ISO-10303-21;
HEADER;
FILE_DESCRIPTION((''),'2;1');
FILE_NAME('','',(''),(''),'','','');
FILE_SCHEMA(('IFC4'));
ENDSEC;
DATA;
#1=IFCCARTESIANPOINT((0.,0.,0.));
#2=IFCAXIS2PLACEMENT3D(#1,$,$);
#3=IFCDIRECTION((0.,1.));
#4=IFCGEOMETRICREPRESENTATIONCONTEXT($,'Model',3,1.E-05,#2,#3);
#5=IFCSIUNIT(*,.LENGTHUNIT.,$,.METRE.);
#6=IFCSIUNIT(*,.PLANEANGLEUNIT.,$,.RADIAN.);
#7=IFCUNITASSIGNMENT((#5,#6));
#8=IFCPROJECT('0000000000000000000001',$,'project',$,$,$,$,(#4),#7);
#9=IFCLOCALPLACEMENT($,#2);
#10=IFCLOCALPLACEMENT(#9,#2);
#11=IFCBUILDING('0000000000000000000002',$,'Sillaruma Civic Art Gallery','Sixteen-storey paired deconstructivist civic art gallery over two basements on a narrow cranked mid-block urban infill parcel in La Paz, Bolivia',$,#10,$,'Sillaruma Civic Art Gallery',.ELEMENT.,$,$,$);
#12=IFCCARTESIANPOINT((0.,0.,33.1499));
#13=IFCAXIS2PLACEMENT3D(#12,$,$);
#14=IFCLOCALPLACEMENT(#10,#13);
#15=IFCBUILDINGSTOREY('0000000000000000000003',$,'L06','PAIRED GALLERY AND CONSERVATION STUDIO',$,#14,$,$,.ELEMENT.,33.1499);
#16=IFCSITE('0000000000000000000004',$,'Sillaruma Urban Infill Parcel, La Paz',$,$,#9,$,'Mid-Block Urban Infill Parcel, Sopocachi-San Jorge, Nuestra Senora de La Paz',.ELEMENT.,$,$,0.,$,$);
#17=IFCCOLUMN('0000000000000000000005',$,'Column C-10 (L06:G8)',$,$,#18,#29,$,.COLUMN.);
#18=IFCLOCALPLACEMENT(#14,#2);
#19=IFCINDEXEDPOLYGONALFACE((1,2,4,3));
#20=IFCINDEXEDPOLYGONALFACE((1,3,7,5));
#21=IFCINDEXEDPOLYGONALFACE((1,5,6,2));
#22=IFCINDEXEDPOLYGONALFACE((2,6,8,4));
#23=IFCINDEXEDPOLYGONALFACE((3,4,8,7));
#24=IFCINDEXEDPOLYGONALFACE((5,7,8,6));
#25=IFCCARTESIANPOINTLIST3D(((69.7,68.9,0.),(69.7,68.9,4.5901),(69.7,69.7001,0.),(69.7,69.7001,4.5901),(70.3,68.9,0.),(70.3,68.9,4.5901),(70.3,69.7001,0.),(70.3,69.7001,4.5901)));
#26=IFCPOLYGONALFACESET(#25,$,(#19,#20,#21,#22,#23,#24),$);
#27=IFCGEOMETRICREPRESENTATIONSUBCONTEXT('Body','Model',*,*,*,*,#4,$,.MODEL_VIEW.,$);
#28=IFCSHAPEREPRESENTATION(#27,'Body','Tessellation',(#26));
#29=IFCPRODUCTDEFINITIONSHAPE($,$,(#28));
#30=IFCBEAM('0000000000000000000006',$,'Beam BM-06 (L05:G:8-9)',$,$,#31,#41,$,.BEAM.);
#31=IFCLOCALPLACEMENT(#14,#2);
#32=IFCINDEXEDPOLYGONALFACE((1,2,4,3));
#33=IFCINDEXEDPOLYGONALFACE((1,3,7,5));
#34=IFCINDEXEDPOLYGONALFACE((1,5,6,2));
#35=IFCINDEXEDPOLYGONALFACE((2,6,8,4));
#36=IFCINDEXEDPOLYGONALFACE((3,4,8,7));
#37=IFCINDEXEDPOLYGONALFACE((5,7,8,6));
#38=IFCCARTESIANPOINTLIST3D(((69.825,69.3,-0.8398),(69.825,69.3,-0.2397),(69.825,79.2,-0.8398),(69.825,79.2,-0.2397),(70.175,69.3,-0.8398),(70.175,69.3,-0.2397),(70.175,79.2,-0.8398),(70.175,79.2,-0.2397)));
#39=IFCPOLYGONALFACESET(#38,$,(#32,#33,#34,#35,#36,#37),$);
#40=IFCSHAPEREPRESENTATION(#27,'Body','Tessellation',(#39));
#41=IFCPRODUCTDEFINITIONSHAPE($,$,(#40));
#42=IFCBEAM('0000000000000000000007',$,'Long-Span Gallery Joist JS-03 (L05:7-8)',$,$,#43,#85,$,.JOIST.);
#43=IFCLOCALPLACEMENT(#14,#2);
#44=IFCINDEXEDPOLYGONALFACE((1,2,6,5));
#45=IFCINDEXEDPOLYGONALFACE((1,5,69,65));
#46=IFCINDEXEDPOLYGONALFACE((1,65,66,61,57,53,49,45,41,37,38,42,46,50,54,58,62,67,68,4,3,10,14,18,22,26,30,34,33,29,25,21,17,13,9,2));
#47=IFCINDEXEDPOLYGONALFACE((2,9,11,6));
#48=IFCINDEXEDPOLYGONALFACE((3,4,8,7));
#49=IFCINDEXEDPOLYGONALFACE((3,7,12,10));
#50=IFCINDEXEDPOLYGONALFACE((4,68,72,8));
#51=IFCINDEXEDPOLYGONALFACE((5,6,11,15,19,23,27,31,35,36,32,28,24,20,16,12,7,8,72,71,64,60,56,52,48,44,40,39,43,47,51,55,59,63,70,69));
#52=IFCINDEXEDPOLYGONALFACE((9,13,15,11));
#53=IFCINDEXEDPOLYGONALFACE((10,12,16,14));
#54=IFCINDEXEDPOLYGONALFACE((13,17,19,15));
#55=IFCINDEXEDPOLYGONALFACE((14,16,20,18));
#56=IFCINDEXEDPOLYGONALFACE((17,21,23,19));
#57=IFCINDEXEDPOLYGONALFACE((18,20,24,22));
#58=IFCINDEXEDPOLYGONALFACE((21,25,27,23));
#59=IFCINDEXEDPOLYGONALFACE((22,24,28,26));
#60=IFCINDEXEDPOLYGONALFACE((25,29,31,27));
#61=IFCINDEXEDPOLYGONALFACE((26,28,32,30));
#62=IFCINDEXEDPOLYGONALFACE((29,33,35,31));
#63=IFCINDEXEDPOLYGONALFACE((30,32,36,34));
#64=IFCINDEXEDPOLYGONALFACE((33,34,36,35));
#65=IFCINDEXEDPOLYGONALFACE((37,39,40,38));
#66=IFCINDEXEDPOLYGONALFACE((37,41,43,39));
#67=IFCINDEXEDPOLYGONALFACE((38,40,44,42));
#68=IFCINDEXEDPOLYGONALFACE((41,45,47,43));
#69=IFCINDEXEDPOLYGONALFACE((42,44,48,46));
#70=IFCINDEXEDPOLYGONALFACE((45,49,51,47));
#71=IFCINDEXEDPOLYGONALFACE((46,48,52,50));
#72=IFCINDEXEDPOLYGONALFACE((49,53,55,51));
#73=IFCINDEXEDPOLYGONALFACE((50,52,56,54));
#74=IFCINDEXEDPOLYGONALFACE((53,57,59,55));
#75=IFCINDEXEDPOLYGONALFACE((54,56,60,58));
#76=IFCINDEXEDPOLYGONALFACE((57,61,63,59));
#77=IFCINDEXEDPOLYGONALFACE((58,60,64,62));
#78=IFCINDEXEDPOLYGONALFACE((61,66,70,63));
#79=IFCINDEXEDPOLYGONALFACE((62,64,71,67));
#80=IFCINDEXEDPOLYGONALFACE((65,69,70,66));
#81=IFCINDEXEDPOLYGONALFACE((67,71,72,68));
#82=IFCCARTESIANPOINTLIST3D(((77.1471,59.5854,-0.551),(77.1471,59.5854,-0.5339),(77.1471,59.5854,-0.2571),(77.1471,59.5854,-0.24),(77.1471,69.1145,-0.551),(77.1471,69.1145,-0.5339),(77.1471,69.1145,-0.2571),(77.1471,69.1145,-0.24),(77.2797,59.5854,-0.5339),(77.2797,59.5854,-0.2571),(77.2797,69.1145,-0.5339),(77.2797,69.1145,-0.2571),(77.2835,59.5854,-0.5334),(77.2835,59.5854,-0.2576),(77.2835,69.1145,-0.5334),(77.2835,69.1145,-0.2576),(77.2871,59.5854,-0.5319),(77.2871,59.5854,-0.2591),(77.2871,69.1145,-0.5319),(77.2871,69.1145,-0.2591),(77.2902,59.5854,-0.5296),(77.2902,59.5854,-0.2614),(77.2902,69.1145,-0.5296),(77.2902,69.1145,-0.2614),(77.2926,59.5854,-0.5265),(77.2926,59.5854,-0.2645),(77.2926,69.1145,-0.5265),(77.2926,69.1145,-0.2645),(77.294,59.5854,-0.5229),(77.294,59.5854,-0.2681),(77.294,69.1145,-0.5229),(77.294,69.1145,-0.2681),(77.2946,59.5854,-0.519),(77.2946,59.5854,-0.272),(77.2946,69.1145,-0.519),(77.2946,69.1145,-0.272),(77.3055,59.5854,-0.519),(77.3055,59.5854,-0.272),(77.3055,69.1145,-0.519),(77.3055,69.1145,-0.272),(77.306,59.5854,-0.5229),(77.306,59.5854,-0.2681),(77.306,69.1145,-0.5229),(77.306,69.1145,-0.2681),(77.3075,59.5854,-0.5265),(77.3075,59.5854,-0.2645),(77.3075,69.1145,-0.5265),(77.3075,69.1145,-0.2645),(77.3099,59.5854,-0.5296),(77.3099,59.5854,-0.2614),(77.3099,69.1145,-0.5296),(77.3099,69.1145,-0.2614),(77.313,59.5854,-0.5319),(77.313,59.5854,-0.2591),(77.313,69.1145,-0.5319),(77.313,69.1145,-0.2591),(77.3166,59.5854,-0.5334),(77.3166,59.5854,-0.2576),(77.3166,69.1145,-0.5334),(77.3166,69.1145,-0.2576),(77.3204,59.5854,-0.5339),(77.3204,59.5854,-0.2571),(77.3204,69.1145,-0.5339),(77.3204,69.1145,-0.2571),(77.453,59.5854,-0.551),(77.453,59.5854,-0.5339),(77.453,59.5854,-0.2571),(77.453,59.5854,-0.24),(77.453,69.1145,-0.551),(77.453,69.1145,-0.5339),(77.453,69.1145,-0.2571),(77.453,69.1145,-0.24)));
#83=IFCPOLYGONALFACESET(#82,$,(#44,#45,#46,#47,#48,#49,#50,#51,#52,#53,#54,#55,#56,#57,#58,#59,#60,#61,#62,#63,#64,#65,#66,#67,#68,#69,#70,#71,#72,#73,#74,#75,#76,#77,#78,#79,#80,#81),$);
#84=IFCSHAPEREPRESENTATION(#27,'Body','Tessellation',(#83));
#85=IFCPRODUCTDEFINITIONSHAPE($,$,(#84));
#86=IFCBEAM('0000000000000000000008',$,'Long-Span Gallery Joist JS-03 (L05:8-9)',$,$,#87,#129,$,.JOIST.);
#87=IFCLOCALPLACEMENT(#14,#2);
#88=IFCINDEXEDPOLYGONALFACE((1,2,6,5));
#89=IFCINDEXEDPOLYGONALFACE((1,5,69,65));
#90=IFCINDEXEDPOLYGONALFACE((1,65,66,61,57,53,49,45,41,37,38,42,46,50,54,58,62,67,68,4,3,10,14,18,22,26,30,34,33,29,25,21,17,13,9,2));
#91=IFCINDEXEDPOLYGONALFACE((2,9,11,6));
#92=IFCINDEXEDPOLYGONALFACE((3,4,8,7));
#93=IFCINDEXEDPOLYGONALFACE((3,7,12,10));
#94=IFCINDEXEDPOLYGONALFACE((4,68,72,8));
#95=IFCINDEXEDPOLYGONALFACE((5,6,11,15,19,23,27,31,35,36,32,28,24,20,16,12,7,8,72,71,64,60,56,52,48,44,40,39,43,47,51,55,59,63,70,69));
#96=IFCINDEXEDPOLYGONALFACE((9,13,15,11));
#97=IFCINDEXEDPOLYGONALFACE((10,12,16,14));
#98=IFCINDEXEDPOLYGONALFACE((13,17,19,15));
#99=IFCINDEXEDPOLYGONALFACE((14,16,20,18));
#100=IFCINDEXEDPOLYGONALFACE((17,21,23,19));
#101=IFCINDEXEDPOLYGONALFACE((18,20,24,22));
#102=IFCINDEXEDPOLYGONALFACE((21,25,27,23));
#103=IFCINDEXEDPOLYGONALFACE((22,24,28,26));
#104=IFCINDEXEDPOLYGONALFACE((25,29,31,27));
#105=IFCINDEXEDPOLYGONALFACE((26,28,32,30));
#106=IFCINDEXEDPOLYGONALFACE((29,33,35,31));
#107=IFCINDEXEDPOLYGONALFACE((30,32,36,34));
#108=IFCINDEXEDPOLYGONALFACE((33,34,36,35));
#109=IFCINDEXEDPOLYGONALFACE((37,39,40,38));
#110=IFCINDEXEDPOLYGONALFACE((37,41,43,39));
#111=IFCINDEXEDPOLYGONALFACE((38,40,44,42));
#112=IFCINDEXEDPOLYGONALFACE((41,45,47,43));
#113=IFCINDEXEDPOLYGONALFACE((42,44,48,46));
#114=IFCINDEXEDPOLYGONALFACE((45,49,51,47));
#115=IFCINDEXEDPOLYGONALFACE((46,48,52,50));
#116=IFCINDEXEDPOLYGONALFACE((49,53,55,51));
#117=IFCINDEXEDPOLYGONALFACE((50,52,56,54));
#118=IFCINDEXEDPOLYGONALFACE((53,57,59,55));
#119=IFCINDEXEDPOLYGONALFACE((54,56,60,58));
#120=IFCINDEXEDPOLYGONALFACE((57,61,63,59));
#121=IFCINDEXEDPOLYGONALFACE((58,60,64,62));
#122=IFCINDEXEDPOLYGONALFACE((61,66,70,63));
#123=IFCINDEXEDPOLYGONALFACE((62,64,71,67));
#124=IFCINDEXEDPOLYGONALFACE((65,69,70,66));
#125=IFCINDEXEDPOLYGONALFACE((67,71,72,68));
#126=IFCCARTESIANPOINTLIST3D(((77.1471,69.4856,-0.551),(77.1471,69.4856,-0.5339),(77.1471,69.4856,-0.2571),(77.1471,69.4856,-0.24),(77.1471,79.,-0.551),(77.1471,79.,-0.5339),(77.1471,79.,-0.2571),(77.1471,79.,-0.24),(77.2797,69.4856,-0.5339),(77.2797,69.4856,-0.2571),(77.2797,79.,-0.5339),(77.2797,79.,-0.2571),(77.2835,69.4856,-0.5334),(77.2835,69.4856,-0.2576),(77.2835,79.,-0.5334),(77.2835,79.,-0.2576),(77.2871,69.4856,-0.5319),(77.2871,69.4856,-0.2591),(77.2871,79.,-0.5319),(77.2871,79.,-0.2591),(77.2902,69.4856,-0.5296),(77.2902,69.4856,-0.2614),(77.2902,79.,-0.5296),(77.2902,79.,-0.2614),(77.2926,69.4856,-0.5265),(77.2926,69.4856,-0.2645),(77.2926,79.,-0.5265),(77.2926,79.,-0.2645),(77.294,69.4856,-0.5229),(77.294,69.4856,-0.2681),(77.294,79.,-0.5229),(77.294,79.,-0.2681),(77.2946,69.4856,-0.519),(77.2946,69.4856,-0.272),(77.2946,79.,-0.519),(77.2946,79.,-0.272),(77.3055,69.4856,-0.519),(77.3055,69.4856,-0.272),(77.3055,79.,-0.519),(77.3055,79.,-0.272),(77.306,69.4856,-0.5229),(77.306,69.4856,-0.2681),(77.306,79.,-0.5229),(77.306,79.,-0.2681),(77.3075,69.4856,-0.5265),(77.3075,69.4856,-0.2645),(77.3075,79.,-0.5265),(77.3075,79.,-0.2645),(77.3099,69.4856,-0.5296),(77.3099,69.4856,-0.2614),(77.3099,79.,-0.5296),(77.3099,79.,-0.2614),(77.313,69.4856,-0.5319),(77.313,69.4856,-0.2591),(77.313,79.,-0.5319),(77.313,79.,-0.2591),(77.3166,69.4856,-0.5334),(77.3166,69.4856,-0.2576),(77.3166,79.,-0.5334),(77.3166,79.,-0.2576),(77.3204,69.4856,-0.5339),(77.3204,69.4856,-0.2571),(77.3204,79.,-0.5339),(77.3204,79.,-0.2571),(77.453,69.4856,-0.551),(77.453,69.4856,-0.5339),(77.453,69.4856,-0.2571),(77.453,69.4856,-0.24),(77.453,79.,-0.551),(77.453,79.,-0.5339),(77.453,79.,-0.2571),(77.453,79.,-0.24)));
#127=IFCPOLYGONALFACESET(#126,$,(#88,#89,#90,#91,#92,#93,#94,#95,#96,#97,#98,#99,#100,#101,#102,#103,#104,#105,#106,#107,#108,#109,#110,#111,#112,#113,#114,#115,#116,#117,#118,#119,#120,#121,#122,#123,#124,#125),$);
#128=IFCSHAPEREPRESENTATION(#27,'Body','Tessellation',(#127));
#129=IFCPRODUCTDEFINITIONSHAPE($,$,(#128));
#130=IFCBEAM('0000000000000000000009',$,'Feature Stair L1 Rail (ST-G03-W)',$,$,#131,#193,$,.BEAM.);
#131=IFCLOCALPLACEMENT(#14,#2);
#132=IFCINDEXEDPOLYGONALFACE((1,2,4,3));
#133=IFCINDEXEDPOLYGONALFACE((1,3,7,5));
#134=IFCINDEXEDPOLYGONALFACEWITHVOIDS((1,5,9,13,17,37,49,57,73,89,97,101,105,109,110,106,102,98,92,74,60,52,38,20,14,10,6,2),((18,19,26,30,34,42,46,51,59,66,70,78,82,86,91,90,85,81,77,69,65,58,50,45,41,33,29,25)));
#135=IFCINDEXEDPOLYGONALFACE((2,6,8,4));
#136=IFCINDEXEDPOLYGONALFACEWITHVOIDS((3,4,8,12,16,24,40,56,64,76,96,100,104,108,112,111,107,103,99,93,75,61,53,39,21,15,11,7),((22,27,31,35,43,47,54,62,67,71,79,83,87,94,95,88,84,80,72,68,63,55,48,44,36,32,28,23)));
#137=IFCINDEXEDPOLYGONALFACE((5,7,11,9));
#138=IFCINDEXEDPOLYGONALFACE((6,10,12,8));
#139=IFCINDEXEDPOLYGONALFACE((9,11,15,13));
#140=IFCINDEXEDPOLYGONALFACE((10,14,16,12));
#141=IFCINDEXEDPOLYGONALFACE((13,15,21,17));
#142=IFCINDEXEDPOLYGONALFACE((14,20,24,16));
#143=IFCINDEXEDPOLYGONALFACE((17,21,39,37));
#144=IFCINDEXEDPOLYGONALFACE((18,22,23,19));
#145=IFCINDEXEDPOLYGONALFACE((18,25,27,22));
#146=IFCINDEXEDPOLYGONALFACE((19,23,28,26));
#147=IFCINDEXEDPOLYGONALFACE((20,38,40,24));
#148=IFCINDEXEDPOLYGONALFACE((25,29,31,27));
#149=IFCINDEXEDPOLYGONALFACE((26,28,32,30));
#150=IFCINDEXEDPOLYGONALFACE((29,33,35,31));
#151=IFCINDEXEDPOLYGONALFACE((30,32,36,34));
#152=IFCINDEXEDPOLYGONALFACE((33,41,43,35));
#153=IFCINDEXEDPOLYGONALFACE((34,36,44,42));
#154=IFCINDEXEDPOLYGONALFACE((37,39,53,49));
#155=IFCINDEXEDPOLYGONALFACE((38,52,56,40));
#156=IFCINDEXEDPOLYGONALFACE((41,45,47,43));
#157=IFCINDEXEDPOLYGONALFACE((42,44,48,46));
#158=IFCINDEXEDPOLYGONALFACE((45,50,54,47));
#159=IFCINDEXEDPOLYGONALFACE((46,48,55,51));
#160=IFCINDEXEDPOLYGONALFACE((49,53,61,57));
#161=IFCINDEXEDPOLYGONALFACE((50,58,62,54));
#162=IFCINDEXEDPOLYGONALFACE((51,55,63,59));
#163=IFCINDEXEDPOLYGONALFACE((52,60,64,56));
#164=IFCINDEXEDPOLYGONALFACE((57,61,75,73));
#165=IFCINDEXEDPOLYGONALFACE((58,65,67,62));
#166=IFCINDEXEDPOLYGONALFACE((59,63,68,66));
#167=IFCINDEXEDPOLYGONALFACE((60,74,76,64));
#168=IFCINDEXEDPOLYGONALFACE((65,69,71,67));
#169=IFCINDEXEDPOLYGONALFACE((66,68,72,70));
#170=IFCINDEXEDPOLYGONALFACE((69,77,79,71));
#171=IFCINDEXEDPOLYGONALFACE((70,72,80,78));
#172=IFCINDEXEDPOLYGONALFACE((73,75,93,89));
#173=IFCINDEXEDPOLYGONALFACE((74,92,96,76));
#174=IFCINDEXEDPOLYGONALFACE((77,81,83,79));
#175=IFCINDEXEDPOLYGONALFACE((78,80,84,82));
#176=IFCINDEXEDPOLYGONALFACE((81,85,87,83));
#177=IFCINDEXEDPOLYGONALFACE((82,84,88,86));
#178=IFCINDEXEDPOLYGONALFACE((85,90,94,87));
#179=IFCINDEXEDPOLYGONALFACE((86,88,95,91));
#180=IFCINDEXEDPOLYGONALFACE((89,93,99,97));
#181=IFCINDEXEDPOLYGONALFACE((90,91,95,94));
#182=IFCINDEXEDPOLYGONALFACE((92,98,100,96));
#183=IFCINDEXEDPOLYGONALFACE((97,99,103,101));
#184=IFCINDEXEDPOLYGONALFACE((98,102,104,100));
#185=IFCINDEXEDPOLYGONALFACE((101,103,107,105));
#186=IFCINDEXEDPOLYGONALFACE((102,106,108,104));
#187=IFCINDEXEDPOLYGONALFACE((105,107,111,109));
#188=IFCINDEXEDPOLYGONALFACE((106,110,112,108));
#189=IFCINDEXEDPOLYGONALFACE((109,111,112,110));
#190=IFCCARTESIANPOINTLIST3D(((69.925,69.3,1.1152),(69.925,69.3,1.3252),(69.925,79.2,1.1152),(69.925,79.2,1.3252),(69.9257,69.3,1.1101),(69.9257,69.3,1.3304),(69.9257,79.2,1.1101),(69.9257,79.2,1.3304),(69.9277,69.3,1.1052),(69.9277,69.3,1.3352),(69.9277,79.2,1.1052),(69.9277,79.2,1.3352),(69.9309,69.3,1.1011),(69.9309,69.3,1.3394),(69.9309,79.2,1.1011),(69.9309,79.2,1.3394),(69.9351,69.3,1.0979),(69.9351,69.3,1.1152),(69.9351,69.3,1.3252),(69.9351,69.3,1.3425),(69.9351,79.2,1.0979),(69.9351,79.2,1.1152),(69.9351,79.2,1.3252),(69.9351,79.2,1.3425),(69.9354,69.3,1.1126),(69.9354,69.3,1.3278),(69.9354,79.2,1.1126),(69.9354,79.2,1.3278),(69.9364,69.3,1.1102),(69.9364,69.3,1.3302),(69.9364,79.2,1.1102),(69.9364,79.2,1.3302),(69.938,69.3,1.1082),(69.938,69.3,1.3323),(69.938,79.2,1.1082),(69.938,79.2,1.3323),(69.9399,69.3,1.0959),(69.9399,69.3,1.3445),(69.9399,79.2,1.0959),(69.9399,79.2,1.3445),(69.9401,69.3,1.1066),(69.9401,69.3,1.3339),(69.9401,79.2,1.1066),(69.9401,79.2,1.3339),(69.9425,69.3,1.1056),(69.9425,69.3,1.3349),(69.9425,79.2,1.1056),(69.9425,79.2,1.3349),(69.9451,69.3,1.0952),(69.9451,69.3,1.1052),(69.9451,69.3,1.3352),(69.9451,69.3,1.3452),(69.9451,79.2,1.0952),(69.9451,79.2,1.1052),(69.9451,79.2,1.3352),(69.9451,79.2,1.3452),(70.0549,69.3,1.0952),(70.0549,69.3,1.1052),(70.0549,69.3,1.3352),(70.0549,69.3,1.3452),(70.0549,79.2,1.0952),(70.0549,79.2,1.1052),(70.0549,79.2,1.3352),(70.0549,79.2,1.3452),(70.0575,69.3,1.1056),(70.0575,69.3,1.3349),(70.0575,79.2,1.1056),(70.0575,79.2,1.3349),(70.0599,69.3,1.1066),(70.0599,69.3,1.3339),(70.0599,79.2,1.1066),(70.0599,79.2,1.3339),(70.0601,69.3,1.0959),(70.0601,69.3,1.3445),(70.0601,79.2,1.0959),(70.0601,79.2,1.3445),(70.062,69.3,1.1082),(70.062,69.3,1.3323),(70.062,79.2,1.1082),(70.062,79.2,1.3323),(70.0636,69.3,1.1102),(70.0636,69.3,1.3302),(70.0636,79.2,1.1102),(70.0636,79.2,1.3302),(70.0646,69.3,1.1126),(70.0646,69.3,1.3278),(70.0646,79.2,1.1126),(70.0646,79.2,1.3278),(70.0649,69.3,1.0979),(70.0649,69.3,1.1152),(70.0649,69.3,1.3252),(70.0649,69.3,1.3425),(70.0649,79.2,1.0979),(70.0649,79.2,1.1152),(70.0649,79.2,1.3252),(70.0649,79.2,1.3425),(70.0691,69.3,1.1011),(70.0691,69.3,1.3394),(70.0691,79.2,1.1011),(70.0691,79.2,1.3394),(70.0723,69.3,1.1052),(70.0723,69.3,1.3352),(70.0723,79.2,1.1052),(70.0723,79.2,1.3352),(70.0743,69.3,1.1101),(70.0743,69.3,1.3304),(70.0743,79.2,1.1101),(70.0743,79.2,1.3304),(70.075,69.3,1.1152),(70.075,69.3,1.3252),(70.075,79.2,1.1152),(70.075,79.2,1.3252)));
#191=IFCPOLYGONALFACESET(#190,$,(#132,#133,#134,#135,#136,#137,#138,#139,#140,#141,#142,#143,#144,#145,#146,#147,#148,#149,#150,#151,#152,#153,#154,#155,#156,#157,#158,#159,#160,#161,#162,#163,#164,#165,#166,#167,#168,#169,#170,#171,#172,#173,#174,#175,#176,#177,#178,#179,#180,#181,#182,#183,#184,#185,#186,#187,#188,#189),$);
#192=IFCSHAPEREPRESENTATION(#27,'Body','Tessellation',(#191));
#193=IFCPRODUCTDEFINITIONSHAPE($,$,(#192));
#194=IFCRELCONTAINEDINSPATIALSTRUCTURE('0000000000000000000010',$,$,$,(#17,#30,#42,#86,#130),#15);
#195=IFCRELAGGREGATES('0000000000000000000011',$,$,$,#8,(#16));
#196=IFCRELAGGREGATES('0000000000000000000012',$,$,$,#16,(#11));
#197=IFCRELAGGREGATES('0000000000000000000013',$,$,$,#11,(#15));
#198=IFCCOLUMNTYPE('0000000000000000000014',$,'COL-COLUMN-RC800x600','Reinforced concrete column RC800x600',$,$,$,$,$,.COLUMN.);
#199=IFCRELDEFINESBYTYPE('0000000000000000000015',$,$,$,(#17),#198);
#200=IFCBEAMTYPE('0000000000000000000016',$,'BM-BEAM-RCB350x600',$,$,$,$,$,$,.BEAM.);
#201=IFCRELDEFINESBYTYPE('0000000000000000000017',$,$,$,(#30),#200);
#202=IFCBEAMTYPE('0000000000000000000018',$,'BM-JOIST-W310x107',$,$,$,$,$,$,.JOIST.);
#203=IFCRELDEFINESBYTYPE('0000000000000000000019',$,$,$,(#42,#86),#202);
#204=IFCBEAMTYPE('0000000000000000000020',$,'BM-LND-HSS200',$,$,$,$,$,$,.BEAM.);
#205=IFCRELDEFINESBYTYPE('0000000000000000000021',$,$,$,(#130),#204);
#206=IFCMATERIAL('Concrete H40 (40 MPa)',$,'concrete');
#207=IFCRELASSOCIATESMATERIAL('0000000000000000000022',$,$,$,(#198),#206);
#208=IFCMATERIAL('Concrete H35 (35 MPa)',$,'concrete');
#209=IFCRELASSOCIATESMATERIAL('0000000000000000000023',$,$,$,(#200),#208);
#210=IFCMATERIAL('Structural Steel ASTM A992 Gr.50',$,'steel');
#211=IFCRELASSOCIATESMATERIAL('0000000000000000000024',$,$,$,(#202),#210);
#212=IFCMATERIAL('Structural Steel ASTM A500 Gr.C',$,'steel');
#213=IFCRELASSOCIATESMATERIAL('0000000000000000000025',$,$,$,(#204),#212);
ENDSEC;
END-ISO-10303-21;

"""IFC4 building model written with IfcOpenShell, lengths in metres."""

from ifc_helpers import new_model, si_unit, direction, frame, origin, origin_2d, place, context, subcontext, project, spatial, rectangle, hollow_rectangle, i_section, extrude, material, material_profile, profile_set, type_object, element, save


model = new_model("IFC4")

# Units and contexts
model_context = context("Model", 3, precision=1e-05, world=origin(), true_north=direction((0.0, 1.0)))
body_context = subcontext(model_context, "Body", "Model", "MODEL_VIEW")
ifc_project = project(units=[si_unit("LENGTHUNIT", "METRE"), si_unit("PLANEANGLEUNIT", "RADIAN")], contexts=[model_context])

# Site, building, storey
site_placement = place(None, origin())
site = spatial("IfcSite", under=ifc_project, at=site_placement, Name="Sillaruma Urban Infill Parcel, La Paz", LongName="Mid-Block Urban Infill Parcel, Sopocachi-San Jorge, Nuestra Senora de La Paz", CompositionType="ELEMENT", RefElevation=0.0)
building_placement = place(site_placement, origin())
building = spatial("IfcBuilding", under=site, at=building_placement, Name="Sillaruma Civic Art Gallery", Description="Sixteen-storey paired deconstructivist civic art gallery over two basements on a narrow cranked mid-block urban infill parcel in La Paz, Bolivia", LongName="Sillaruma Civic Art Gallery", CompositionType="ELEMENT")
storey_placement = place(building_placement, frame((0.0, 0.0, 33.1499)))
storey = spatial("IfcBuildingStorey", under=building, at=storey_placement, Name="L06", Description="PAIRED GALLERY AND CONSERVATION STUDIO", CompositionType="ELEMENT", Elevation=33.1499)

# Column
ifc_material_1 = material(Name="Concrete H40 (40 MPa)", Category="concrete")
ifc_material_profile_1 = material_profile(ifc_material_1, rectangle(XDim=0.6001, YDim=0.8, at=origin_2d()), Name="RC800x600")
ifc_profile_set_1 = profile_set([ifc_material_profile_1], Name="Concrete H40 (40 MPa)")
column_type = type_object("IfcColumnType", Name="COL-COLUMN-RC800x600", Description="Reinforced concrete column RC800x600", PredefinedType="COLUMN", material=ifc_profile_set_1)
column_placement = place(storey_placement, frame((70.0, 69.3, 0.0), z_axis=(0.0, 0.0, 1.0), x_axis=(1.0, 0.0, 0.0)))
element("IfcColumn", 1, at=column_placement, inside=storey, type_object=column_type, Name="Column C-10 (L06:G8)", PredefinedType="COLUMN", context=body_context, shape_type="SweptSolid", body=[
    extrude(rectangle(XDim=0.6001, YDim=0.8, at=origin_2d()), origin(), (0.0, 0.0, 1.0), 4.5901),
])

# Beams
ifc_material_2 = material(Name="Concrete H35 (35 MPa)", Category="concrete")
ifc_material_profile_2 = material_profile(ifc_material_2, rectangle(XDim=0.3501, YDim=0.6001, at=origin_2d()), Name="RCB350x600")
ifc_profile_set_2 = profile_set([ifc_material_profile_2], Name="Concrete H35 (35 MPa)")
beam_type_1 = type_object("IfcBeamType", Name="BM-BEAM-RCB350x600", PredefinedType="BEAM", material=ifc_profile_set_2)
beam_1_placement = place(storey_placement, frame((70.0, 69.3, -0.5398), z_axis=(0.0, 1.0, 0.0), x_axis=(-1.0, 0.0, 0.0)))
element("IfcBeam", 2, at=beam_1_placement, inside=storey, type_object=beam_type_1, Name="Beam BM-06 (L05:G:8-9)", PredefinedType="BEAM", context=body_context, shape_type="SweptSolid", body=[
    extrude(rectangle(XDim=0.3501, YDim=0.6001, at=origin_2d()), origin(), (0.0, 0.0, 1.0), 9.8999),
])
ifc_material_3 = material(Name="Structural Steel ASTM A992 Gr.50", Category="steel")
ifc_material_profile_3 = material_profile(ifc_material_3, i_section(OverallWidth=0.3059, OverallDepth=0.311, WebThickness=0.011, FlangeThickness=0.0171, FilletRadius=0.0149, at=origin_2d()), Name="W310x107")
ifc_profile_set_3 = profile_set([ifc_material_profile_3], Name="Structural Steel ASTM A992 Gr.50")
beam_type_2 = type_object("IfcBeamType", Name="BM-JOIST-W310x107", PredefinedType="JOIST", material=ifc_profile_set_3)
beam_2_placement = place(storey_placement, frame((77.3, 59.5854, -0.3955), z_axis=(0.0, 1.0, 0.0), x_axis=(-1.0, 0.0, 0.0)))
element("IfcBeam", 3, at=beam_2_placement, inside=storey, type_object=beam_type_2, Name="Long-Span Gallery Joist JS-03 (L05:7-8)", PredefinedType="JOIST", context=body_context, shape_type="SweptSolid", body=[
    extrude(i_section(OverallWidth=0.3059, OverallDepth=0.311, WebThickness=0.011, FlangeThickness=0.0171, FilletRadius=0.0149, at=origin_2d()), origin(), (0.0, 0.0, 1.0), 9.5291),
])
beam_3_placement = place(storey_placement, frame((77.3, 69.4856, -0.3955), z_axis=(0.0, 1.0, 0.0), x_axis=(-1.0, 0.0, 0.0)))
element("IfcBeam", 4, at=beam_3_placement, inside=storey, type_object=beam_type_2, Name="Long-Span Gallery Joist JS-03 (L05:8-9)", PredefinedType="JOIST", context=body_context, shape_type="SweptSolid", body=[
    extrude(i_section(OverallWidth=0.3059, OverallDepth=0.311, WebThickness=0.011, FlangeThickness=0.0171, FilletRadius=0.0149, at=origin_2d()), origin(), (0.0, 0.0, 1.0), 9.5144),
])
ifc_material_4 = material(Name="Structural Steel ASTM A500 Gr.C", Category="steel")
ifc_material_profile_4 = material_profile(ifc_material_4, hollow_rectangle(XDim=0.1499, YDim=0.25, WallThickness=0.01, InnerFilletRadius=0.01, OuterFilletRadius=0.02, at=origin_2d()), Name="HSS250x150x10")
ifc_profile_set_4 = profile_set([ifc_material_profile_4], Name="Structural Steel ASTM A500 Gr.C")
beam_type_3 = type_object("IfcBeamType", Name="BM-LND-HSS200", PredefinedType="BEAM", material=ifc_profile_set_4)
beam_4_placement = place(storey_placement, frame((70.0, 69.3, 1.2202), z_axis=(0.0, 1.0, 0.0), x_axis=(-1.0, 0.0, 0.0)))
element("IfcBeam", 5, at=beam_4_placement, inside=storey, type_object=beam_type_3, Name="Feature Stair L1 Rail (ST-G03-W)", PredefinedType="BEAM", context=body_context, shape_type="SweptSolid", body=[
    extrude(hollow_rectangle(XDim=0.1499, YDim=0.25, WallThickness=0.01, InnerFilletRadius=0.01, OuterFilletRadius=0.02, at=origin_2d()), origin(), (0.0, 0.0, 1.0), 9.8999),
])

save(model, "model.ifc")
